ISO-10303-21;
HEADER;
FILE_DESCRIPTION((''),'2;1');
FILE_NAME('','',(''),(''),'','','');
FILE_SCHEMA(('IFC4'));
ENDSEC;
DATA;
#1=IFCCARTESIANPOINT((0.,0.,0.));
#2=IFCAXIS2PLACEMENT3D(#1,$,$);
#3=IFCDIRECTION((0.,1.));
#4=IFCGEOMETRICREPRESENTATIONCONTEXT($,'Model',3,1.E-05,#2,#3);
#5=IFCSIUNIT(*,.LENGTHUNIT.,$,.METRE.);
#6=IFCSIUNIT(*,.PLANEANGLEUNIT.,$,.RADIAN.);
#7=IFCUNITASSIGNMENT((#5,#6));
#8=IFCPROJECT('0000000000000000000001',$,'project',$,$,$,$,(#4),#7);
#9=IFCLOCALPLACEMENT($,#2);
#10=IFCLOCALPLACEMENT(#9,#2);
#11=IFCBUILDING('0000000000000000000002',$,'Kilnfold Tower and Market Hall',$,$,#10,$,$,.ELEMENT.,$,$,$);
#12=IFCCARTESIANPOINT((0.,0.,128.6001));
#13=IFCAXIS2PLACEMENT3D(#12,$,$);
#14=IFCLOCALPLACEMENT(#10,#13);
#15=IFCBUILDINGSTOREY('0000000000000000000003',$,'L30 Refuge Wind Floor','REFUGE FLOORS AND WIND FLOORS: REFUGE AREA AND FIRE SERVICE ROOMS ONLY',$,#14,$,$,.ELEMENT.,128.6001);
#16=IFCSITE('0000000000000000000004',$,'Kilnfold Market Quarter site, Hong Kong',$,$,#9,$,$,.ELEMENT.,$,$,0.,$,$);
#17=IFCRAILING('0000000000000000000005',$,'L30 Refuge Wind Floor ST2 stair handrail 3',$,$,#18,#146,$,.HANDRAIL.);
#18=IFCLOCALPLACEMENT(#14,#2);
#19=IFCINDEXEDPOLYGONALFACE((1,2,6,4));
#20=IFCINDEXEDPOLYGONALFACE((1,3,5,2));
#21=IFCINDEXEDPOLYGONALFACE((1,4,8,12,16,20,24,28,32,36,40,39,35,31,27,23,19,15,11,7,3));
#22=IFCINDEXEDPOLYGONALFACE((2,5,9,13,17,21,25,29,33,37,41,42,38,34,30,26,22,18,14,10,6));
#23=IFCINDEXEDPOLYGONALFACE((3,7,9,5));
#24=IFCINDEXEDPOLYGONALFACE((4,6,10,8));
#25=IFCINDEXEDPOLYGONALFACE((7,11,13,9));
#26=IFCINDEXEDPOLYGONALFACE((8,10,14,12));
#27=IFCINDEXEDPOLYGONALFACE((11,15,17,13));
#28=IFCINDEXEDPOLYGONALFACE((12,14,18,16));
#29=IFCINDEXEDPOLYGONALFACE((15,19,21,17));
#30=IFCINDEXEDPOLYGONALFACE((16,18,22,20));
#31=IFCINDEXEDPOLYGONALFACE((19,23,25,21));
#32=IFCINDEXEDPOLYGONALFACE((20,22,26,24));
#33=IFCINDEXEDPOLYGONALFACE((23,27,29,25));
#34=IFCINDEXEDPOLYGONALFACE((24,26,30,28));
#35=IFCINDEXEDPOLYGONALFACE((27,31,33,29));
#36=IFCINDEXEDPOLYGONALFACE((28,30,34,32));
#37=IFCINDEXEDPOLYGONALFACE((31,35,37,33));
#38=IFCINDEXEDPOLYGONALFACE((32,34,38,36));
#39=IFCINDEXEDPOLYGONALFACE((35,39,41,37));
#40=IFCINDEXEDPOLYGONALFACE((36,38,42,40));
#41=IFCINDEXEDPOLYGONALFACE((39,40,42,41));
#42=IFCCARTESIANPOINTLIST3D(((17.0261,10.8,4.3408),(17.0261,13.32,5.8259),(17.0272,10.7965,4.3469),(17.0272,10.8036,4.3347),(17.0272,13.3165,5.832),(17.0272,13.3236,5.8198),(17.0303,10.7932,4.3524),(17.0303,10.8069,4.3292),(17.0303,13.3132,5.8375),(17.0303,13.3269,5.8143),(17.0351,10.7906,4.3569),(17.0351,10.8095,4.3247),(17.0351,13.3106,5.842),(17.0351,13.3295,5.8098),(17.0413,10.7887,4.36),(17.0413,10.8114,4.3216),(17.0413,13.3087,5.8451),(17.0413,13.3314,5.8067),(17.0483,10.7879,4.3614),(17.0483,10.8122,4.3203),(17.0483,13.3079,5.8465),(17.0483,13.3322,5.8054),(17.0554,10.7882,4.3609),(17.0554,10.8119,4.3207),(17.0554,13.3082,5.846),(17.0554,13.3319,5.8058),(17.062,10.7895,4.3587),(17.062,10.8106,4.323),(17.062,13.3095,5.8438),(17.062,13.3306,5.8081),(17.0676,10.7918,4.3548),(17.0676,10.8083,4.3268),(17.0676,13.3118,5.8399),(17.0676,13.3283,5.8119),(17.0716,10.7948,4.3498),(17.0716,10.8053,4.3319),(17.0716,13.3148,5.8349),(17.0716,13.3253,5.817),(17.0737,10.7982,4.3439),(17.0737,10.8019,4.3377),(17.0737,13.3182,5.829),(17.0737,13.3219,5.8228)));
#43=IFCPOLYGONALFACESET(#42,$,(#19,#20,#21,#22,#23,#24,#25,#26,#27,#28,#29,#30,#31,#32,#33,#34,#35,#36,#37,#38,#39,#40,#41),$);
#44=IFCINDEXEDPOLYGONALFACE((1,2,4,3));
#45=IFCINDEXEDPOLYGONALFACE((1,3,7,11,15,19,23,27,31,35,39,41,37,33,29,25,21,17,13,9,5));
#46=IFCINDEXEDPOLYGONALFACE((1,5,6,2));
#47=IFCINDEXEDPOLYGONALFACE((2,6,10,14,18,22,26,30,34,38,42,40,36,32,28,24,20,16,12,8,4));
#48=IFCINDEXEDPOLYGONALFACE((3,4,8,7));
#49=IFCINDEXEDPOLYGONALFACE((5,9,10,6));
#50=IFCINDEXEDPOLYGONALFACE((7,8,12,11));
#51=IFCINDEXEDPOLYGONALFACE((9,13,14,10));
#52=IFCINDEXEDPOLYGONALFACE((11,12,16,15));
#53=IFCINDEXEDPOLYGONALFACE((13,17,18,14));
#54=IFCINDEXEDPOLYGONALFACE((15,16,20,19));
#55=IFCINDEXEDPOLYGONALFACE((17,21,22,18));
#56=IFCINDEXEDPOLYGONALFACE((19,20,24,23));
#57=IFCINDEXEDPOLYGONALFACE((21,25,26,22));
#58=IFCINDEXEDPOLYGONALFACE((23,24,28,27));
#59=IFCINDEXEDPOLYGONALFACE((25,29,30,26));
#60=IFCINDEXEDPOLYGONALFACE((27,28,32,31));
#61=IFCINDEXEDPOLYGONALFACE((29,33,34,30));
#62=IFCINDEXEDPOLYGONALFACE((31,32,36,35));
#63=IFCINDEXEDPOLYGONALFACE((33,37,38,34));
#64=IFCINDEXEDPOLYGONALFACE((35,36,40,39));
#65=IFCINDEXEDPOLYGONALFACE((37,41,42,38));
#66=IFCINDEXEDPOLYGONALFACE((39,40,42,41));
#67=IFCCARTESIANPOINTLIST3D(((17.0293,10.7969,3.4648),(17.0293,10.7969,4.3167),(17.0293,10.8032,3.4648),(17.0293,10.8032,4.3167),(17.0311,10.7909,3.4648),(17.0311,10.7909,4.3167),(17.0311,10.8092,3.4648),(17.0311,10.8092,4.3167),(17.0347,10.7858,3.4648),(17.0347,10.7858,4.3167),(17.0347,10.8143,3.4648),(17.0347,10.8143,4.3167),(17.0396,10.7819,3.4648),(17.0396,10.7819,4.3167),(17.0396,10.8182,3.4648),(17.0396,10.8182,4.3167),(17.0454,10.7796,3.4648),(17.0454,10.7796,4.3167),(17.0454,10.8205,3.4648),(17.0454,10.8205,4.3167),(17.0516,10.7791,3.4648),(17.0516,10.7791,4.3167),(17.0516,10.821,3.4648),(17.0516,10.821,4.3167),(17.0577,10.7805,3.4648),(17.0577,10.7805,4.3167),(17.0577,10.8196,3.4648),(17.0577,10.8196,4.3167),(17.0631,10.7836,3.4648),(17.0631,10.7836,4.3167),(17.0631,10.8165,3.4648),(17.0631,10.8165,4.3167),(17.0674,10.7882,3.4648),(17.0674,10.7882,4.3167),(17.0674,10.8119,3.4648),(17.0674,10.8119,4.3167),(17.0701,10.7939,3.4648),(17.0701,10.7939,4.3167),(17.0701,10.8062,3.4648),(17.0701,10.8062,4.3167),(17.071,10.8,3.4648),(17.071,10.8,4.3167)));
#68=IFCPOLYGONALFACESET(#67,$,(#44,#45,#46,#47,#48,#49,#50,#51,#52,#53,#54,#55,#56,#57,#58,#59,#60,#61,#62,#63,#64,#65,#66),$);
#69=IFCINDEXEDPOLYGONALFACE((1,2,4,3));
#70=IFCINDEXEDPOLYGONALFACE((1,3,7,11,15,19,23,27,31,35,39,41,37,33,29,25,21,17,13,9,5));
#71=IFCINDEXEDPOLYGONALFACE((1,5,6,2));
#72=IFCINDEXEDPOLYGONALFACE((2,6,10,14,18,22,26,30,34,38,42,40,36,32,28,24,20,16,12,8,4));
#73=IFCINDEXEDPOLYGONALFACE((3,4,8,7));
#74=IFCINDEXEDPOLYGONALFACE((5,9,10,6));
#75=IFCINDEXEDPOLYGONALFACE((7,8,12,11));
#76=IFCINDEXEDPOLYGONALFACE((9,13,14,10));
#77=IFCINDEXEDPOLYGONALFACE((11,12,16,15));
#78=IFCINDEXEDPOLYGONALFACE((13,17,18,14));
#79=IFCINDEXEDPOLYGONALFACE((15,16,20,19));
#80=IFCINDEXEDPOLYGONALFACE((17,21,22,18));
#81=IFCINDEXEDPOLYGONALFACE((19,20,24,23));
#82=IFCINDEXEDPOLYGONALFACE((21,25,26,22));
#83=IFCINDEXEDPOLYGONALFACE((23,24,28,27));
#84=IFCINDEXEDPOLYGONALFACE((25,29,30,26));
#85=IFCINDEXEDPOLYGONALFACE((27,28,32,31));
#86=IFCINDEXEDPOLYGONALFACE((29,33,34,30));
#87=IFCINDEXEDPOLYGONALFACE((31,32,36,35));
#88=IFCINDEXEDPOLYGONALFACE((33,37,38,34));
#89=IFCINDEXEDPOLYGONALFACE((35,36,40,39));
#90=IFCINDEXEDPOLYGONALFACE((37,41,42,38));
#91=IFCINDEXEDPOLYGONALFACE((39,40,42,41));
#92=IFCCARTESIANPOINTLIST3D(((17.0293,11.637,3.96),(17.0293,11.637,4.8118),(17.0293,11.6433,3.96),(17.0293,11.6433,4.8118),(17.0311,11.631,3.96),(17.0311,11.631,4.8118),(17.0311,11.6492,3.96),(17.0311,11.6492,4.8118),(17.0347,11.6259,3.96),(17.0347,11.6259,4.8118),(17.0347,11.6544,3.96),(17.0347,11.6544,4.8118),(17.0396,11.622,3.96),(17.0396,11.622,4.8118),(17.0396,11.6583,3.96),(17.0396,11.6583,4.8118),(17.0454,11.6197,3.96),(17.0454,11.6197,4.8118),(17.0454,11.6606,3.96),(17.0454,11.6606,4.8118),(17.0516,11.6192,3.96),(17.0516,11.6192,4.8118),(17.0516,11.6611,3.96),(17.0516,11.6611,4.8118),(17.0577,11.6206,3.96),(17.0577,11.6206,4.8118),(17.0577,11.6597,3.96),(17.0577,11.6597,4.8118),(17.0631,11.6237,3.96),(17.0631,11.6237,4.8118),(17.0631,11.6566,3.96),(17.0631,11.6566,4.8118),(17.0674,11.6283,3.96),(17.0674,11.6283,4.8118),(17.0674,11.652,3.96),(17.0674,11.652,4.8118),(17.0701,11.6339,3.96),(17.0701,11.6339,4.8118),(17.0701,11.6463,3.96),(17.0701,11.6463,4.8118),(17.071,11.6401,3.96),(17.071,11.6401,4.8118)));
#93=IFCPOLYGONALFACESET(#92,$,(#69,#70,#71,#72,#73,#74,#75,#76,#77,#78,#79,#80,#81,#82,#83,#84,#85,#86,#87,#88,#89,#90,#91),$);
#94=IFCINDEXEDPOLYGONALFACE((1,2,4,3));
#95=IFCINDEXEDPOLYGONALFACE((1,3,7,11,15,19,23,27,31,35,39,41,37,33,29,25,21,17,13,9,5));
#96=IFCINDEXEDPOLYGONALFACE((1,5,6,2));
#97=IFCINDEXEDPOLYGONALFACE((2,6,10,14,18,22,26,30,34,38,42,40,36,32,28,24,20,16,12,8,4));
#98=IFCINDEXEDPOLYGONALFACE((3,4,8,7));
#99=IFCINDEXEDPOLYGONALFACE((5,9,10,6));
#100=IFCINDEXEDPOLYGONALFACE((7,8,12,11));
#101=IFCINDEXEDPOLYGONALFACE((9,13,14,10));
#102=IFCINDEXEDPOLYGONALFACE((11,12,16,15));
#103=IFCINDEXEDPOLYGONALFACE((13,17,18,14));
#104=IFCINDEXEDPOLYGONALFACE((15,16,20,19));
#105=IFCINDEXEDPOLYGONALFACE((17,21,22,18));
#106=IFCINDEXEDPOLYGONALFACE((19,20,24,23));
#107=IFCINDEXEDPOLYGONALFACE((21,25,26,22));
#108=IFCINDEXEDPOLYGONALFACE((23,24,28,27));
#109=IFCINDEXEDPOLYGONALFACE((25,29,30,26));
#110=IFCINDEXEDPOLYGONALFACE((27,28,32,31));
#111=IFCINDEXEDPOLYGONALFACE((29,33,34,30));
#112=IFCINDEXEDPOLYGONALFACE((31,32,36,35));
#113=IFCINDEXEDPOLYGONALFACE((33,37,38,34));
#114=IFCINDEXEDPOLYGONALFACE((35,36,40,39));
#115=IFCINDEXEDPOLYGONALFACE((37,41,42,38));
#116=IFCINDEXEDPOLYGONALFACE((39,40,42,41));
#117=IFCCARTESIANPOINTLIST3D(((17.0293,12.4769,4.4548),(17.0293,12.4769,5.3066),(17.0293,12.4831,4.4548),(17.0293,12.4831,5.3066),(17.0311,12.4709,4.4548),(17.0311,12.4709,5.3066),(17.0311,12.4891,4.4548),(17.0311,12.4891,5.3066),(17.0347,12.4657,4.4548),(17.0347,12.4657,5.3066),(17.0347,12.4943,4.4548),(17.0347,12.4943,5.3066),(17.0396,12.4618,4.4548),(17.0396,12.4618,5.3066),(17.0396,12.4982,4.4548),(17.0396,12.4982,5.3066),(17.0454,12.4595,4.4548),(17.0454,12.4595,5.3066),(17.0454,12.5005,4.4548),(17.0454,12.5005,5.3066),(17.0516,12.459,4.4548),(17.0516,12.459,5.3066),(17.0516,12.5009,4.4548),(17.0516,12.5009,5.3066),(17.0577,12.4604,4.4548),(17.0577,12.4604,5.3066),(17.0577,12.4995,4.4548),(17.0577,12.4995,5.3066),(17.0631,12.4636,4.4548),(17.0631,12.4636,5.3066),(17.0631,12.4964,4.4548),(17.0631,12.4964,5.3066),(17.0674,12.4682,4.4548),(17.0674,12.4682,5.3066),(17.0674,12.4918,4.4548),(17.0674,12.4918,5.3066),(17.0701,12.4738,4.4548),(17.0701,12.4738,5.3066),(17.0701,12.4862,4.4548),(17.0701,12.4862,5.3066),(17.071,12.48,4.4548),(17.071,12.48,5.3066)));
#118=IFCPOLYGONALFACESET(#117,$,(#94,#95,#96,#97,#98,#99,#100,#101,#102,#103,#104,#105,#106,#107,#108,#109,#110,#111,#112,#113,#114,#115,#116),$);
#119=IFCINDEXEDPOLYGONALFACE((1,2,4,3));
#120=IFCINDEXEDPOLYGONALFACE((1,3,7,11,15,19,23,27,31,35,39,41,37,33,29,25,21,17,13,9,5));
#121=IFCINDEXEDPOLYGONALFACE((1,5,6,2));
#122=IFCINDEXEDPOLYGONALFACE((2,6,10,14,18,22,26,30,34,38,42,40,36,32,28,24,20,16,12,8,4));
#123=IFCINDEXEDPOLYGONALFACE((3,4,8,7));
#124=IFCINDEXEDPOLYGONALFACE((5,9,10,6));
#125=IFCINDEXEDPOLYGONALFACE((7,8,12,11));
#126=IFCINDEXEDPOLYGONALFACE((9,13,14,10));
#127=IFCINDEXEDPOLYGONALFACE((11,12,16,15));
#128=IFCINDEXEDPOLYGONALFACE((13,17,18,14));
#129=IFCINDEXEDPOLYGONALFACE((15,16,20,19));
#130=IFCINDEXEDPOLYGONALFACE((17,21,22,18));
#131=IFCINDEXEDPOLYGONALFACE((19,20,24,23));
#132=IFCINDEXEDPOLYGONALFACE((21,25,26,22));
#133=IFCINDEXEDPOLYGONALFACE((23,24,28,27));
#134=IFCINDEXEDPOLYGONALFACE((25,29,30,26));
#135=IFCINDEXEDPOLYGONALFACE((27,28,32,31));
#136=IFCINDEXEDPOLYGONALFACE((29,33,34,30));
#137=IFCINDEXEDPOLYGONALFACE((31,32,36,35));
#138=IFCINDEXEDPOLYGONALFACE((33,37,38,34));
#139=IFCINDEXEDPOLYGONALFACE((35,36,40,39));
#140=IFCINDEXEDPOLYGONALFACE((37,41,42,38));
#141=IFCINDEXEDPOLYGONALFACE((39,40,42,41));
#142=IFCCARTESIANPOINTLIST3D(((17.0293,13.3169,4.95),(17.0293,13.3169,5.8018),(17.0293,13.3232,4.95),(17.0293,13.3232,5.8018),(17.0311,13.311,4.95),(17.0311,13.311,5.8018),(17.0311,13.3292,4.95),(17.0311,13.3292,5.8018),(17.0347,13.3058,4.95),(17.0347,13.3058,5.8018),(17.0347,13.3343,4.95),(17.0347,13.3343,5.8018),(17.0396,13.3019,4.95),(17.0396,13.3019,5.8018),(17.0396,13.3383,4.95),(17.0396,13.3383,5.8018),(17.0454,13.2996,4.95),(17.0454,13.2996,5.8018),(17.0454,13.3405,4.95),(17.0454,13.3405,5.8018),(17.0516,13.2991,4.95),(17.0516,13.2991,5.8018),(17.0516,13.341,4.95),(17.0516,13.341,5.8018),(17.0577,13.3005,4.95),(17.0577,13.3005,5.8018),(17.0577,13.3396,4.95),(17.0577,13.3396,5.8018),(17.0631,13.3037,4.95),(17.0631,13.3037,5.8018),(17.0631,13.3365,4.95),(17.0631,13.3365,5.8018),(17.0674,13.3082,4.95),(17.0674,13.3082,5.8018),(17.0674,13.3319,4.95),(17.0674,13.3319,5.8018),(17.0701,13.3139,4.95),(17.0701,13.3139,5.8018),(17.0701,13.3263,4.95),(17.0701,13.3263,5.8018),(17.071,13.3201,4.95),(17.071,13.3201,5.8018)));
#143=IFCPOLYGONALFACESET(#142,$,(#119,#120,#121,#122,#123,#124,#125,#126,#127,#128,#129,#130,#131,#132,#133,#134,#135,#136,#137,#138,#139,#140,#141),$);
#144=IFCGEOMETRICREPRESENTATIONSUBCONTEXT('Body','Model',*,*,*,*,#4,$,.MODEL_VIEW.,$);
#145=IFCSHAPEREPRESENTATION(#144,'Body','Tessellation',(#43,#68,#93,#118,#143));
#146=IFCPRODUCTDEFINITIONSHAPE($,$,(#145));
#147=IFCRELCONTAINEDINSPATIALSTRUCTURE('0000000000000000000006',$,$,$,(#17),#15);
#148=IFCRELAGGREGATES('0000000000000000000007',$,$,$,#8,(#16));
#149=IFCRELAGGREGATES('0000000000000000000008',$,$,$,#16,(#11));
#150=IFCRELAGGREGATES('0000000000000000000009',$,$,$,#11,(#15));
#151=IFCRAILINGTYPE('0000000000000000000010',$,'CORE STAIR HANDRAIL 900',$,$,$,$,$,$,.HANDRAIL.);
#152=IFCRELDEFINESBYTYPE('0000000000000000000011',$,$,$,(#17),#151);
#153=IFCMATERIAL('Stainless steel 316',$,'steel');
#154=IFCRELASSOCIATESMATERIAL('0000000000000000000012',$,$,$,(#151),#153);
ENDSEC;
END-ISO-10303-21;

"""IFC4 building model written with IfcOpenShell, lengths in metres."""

from ifc_helpers import new_model, si_unit, direction, frame, origin, origin_2d, place, context, subcontext, project, spatial, circle, extrude, material, type_object, element, save


model = new_model("IFC4")

# Units and contexts
model_context = context("Model", 3, precision=1e-05, world=origin(), true_north=direction((0.0, 1.0)))
body_context = subcontext(model_context, "Body", "Model", "MODEL_VIEW")
ifc_project = project(units=[si_unit("LENGTHUNIT", "METRE"), si_unit("PLANEANGLEUNIT", "RADIAN")], contexts=[model_context])

# Site, building, storey
site_placement = place(None, origin())
site = spatial("IfcSite", under=ifc_project, at=site_placement, Name="Kilnfold Market Quarter site, Hong Kong", CompositionType="ELEMENT", RefElevation=0.0)
building_placement = place(site_placement, origin())
building = spatial("IfcBuilding", under=site, at=building_placement, Name="Kilnfold Tower and Market Hall", CompositionType="ELEMENT")
storey_placement = place(building_placement, frame((0.0, 0.0, 128.6001)))
storey = spatial("IfcBuildingStorey", under=building, at=storey_placement, Name="L30 Refuge Wind Floor", Description="REFUGE FLOORS AND WIND FLOORS: REFUGE AREA AND FIRE SERVICE ROOMS ONLY", CompositionType="ELEMENT", Elevation=128.6001)

# Railing
ifc_material_1 = material(Name="Stainless steel 316", Category="steel")
railing_type_1 = type_object("IfcRailingType", Name="CORE STAIR HANDRAIL 900", PredefinedType="HANDRAIL", material=ifc_material_1)
railing_1_placement = place(storey_placement, frame((17.05, 10.8, 3.4648)))
element("IfcRailing", 1, at=railing_1_placement, inside=storey, type_object=railing_type_1, Name="L30 Refuge Wind Floor ST2 stair handrail 3", PredefinedType="HANDRAIL", context=body_context, shape_type="SweptSolid", body=[
    extrude(circle(Radius=0.0239, at=origin_2d()), frame((0.0, 0.0, 0.876), z_axis=(0.0, 0.861524, 0.507717), x_axis=(-1.0, 0.0, 0.0)), (0.0, 0.0, 1.0), 2.925),
    extrude(circle(Radius=0.021, at=origin_2d()), origin(), (0.0, 0.0, 1.0), 0.8518),
    extrude(circle(Radius=0.021, at=origin_2d()), frame((0.0, 0.8401, 0.4951)), (0.0, 0.0, 1.0), 0.8518),
    extrude(circle(Radius=0.021, at=origin_2d()), frame((0.0, 1.6799, 0.99)), (0.0, 0.0, 1.0), 0.8518),
    extrude(circle(Radius=0.021, at=origin_2d()), frame((0.0, 2.52, 1.4851)), (0.0, 0.0, 1.0), 0.8518),
])

save(model, "model.ifc")
